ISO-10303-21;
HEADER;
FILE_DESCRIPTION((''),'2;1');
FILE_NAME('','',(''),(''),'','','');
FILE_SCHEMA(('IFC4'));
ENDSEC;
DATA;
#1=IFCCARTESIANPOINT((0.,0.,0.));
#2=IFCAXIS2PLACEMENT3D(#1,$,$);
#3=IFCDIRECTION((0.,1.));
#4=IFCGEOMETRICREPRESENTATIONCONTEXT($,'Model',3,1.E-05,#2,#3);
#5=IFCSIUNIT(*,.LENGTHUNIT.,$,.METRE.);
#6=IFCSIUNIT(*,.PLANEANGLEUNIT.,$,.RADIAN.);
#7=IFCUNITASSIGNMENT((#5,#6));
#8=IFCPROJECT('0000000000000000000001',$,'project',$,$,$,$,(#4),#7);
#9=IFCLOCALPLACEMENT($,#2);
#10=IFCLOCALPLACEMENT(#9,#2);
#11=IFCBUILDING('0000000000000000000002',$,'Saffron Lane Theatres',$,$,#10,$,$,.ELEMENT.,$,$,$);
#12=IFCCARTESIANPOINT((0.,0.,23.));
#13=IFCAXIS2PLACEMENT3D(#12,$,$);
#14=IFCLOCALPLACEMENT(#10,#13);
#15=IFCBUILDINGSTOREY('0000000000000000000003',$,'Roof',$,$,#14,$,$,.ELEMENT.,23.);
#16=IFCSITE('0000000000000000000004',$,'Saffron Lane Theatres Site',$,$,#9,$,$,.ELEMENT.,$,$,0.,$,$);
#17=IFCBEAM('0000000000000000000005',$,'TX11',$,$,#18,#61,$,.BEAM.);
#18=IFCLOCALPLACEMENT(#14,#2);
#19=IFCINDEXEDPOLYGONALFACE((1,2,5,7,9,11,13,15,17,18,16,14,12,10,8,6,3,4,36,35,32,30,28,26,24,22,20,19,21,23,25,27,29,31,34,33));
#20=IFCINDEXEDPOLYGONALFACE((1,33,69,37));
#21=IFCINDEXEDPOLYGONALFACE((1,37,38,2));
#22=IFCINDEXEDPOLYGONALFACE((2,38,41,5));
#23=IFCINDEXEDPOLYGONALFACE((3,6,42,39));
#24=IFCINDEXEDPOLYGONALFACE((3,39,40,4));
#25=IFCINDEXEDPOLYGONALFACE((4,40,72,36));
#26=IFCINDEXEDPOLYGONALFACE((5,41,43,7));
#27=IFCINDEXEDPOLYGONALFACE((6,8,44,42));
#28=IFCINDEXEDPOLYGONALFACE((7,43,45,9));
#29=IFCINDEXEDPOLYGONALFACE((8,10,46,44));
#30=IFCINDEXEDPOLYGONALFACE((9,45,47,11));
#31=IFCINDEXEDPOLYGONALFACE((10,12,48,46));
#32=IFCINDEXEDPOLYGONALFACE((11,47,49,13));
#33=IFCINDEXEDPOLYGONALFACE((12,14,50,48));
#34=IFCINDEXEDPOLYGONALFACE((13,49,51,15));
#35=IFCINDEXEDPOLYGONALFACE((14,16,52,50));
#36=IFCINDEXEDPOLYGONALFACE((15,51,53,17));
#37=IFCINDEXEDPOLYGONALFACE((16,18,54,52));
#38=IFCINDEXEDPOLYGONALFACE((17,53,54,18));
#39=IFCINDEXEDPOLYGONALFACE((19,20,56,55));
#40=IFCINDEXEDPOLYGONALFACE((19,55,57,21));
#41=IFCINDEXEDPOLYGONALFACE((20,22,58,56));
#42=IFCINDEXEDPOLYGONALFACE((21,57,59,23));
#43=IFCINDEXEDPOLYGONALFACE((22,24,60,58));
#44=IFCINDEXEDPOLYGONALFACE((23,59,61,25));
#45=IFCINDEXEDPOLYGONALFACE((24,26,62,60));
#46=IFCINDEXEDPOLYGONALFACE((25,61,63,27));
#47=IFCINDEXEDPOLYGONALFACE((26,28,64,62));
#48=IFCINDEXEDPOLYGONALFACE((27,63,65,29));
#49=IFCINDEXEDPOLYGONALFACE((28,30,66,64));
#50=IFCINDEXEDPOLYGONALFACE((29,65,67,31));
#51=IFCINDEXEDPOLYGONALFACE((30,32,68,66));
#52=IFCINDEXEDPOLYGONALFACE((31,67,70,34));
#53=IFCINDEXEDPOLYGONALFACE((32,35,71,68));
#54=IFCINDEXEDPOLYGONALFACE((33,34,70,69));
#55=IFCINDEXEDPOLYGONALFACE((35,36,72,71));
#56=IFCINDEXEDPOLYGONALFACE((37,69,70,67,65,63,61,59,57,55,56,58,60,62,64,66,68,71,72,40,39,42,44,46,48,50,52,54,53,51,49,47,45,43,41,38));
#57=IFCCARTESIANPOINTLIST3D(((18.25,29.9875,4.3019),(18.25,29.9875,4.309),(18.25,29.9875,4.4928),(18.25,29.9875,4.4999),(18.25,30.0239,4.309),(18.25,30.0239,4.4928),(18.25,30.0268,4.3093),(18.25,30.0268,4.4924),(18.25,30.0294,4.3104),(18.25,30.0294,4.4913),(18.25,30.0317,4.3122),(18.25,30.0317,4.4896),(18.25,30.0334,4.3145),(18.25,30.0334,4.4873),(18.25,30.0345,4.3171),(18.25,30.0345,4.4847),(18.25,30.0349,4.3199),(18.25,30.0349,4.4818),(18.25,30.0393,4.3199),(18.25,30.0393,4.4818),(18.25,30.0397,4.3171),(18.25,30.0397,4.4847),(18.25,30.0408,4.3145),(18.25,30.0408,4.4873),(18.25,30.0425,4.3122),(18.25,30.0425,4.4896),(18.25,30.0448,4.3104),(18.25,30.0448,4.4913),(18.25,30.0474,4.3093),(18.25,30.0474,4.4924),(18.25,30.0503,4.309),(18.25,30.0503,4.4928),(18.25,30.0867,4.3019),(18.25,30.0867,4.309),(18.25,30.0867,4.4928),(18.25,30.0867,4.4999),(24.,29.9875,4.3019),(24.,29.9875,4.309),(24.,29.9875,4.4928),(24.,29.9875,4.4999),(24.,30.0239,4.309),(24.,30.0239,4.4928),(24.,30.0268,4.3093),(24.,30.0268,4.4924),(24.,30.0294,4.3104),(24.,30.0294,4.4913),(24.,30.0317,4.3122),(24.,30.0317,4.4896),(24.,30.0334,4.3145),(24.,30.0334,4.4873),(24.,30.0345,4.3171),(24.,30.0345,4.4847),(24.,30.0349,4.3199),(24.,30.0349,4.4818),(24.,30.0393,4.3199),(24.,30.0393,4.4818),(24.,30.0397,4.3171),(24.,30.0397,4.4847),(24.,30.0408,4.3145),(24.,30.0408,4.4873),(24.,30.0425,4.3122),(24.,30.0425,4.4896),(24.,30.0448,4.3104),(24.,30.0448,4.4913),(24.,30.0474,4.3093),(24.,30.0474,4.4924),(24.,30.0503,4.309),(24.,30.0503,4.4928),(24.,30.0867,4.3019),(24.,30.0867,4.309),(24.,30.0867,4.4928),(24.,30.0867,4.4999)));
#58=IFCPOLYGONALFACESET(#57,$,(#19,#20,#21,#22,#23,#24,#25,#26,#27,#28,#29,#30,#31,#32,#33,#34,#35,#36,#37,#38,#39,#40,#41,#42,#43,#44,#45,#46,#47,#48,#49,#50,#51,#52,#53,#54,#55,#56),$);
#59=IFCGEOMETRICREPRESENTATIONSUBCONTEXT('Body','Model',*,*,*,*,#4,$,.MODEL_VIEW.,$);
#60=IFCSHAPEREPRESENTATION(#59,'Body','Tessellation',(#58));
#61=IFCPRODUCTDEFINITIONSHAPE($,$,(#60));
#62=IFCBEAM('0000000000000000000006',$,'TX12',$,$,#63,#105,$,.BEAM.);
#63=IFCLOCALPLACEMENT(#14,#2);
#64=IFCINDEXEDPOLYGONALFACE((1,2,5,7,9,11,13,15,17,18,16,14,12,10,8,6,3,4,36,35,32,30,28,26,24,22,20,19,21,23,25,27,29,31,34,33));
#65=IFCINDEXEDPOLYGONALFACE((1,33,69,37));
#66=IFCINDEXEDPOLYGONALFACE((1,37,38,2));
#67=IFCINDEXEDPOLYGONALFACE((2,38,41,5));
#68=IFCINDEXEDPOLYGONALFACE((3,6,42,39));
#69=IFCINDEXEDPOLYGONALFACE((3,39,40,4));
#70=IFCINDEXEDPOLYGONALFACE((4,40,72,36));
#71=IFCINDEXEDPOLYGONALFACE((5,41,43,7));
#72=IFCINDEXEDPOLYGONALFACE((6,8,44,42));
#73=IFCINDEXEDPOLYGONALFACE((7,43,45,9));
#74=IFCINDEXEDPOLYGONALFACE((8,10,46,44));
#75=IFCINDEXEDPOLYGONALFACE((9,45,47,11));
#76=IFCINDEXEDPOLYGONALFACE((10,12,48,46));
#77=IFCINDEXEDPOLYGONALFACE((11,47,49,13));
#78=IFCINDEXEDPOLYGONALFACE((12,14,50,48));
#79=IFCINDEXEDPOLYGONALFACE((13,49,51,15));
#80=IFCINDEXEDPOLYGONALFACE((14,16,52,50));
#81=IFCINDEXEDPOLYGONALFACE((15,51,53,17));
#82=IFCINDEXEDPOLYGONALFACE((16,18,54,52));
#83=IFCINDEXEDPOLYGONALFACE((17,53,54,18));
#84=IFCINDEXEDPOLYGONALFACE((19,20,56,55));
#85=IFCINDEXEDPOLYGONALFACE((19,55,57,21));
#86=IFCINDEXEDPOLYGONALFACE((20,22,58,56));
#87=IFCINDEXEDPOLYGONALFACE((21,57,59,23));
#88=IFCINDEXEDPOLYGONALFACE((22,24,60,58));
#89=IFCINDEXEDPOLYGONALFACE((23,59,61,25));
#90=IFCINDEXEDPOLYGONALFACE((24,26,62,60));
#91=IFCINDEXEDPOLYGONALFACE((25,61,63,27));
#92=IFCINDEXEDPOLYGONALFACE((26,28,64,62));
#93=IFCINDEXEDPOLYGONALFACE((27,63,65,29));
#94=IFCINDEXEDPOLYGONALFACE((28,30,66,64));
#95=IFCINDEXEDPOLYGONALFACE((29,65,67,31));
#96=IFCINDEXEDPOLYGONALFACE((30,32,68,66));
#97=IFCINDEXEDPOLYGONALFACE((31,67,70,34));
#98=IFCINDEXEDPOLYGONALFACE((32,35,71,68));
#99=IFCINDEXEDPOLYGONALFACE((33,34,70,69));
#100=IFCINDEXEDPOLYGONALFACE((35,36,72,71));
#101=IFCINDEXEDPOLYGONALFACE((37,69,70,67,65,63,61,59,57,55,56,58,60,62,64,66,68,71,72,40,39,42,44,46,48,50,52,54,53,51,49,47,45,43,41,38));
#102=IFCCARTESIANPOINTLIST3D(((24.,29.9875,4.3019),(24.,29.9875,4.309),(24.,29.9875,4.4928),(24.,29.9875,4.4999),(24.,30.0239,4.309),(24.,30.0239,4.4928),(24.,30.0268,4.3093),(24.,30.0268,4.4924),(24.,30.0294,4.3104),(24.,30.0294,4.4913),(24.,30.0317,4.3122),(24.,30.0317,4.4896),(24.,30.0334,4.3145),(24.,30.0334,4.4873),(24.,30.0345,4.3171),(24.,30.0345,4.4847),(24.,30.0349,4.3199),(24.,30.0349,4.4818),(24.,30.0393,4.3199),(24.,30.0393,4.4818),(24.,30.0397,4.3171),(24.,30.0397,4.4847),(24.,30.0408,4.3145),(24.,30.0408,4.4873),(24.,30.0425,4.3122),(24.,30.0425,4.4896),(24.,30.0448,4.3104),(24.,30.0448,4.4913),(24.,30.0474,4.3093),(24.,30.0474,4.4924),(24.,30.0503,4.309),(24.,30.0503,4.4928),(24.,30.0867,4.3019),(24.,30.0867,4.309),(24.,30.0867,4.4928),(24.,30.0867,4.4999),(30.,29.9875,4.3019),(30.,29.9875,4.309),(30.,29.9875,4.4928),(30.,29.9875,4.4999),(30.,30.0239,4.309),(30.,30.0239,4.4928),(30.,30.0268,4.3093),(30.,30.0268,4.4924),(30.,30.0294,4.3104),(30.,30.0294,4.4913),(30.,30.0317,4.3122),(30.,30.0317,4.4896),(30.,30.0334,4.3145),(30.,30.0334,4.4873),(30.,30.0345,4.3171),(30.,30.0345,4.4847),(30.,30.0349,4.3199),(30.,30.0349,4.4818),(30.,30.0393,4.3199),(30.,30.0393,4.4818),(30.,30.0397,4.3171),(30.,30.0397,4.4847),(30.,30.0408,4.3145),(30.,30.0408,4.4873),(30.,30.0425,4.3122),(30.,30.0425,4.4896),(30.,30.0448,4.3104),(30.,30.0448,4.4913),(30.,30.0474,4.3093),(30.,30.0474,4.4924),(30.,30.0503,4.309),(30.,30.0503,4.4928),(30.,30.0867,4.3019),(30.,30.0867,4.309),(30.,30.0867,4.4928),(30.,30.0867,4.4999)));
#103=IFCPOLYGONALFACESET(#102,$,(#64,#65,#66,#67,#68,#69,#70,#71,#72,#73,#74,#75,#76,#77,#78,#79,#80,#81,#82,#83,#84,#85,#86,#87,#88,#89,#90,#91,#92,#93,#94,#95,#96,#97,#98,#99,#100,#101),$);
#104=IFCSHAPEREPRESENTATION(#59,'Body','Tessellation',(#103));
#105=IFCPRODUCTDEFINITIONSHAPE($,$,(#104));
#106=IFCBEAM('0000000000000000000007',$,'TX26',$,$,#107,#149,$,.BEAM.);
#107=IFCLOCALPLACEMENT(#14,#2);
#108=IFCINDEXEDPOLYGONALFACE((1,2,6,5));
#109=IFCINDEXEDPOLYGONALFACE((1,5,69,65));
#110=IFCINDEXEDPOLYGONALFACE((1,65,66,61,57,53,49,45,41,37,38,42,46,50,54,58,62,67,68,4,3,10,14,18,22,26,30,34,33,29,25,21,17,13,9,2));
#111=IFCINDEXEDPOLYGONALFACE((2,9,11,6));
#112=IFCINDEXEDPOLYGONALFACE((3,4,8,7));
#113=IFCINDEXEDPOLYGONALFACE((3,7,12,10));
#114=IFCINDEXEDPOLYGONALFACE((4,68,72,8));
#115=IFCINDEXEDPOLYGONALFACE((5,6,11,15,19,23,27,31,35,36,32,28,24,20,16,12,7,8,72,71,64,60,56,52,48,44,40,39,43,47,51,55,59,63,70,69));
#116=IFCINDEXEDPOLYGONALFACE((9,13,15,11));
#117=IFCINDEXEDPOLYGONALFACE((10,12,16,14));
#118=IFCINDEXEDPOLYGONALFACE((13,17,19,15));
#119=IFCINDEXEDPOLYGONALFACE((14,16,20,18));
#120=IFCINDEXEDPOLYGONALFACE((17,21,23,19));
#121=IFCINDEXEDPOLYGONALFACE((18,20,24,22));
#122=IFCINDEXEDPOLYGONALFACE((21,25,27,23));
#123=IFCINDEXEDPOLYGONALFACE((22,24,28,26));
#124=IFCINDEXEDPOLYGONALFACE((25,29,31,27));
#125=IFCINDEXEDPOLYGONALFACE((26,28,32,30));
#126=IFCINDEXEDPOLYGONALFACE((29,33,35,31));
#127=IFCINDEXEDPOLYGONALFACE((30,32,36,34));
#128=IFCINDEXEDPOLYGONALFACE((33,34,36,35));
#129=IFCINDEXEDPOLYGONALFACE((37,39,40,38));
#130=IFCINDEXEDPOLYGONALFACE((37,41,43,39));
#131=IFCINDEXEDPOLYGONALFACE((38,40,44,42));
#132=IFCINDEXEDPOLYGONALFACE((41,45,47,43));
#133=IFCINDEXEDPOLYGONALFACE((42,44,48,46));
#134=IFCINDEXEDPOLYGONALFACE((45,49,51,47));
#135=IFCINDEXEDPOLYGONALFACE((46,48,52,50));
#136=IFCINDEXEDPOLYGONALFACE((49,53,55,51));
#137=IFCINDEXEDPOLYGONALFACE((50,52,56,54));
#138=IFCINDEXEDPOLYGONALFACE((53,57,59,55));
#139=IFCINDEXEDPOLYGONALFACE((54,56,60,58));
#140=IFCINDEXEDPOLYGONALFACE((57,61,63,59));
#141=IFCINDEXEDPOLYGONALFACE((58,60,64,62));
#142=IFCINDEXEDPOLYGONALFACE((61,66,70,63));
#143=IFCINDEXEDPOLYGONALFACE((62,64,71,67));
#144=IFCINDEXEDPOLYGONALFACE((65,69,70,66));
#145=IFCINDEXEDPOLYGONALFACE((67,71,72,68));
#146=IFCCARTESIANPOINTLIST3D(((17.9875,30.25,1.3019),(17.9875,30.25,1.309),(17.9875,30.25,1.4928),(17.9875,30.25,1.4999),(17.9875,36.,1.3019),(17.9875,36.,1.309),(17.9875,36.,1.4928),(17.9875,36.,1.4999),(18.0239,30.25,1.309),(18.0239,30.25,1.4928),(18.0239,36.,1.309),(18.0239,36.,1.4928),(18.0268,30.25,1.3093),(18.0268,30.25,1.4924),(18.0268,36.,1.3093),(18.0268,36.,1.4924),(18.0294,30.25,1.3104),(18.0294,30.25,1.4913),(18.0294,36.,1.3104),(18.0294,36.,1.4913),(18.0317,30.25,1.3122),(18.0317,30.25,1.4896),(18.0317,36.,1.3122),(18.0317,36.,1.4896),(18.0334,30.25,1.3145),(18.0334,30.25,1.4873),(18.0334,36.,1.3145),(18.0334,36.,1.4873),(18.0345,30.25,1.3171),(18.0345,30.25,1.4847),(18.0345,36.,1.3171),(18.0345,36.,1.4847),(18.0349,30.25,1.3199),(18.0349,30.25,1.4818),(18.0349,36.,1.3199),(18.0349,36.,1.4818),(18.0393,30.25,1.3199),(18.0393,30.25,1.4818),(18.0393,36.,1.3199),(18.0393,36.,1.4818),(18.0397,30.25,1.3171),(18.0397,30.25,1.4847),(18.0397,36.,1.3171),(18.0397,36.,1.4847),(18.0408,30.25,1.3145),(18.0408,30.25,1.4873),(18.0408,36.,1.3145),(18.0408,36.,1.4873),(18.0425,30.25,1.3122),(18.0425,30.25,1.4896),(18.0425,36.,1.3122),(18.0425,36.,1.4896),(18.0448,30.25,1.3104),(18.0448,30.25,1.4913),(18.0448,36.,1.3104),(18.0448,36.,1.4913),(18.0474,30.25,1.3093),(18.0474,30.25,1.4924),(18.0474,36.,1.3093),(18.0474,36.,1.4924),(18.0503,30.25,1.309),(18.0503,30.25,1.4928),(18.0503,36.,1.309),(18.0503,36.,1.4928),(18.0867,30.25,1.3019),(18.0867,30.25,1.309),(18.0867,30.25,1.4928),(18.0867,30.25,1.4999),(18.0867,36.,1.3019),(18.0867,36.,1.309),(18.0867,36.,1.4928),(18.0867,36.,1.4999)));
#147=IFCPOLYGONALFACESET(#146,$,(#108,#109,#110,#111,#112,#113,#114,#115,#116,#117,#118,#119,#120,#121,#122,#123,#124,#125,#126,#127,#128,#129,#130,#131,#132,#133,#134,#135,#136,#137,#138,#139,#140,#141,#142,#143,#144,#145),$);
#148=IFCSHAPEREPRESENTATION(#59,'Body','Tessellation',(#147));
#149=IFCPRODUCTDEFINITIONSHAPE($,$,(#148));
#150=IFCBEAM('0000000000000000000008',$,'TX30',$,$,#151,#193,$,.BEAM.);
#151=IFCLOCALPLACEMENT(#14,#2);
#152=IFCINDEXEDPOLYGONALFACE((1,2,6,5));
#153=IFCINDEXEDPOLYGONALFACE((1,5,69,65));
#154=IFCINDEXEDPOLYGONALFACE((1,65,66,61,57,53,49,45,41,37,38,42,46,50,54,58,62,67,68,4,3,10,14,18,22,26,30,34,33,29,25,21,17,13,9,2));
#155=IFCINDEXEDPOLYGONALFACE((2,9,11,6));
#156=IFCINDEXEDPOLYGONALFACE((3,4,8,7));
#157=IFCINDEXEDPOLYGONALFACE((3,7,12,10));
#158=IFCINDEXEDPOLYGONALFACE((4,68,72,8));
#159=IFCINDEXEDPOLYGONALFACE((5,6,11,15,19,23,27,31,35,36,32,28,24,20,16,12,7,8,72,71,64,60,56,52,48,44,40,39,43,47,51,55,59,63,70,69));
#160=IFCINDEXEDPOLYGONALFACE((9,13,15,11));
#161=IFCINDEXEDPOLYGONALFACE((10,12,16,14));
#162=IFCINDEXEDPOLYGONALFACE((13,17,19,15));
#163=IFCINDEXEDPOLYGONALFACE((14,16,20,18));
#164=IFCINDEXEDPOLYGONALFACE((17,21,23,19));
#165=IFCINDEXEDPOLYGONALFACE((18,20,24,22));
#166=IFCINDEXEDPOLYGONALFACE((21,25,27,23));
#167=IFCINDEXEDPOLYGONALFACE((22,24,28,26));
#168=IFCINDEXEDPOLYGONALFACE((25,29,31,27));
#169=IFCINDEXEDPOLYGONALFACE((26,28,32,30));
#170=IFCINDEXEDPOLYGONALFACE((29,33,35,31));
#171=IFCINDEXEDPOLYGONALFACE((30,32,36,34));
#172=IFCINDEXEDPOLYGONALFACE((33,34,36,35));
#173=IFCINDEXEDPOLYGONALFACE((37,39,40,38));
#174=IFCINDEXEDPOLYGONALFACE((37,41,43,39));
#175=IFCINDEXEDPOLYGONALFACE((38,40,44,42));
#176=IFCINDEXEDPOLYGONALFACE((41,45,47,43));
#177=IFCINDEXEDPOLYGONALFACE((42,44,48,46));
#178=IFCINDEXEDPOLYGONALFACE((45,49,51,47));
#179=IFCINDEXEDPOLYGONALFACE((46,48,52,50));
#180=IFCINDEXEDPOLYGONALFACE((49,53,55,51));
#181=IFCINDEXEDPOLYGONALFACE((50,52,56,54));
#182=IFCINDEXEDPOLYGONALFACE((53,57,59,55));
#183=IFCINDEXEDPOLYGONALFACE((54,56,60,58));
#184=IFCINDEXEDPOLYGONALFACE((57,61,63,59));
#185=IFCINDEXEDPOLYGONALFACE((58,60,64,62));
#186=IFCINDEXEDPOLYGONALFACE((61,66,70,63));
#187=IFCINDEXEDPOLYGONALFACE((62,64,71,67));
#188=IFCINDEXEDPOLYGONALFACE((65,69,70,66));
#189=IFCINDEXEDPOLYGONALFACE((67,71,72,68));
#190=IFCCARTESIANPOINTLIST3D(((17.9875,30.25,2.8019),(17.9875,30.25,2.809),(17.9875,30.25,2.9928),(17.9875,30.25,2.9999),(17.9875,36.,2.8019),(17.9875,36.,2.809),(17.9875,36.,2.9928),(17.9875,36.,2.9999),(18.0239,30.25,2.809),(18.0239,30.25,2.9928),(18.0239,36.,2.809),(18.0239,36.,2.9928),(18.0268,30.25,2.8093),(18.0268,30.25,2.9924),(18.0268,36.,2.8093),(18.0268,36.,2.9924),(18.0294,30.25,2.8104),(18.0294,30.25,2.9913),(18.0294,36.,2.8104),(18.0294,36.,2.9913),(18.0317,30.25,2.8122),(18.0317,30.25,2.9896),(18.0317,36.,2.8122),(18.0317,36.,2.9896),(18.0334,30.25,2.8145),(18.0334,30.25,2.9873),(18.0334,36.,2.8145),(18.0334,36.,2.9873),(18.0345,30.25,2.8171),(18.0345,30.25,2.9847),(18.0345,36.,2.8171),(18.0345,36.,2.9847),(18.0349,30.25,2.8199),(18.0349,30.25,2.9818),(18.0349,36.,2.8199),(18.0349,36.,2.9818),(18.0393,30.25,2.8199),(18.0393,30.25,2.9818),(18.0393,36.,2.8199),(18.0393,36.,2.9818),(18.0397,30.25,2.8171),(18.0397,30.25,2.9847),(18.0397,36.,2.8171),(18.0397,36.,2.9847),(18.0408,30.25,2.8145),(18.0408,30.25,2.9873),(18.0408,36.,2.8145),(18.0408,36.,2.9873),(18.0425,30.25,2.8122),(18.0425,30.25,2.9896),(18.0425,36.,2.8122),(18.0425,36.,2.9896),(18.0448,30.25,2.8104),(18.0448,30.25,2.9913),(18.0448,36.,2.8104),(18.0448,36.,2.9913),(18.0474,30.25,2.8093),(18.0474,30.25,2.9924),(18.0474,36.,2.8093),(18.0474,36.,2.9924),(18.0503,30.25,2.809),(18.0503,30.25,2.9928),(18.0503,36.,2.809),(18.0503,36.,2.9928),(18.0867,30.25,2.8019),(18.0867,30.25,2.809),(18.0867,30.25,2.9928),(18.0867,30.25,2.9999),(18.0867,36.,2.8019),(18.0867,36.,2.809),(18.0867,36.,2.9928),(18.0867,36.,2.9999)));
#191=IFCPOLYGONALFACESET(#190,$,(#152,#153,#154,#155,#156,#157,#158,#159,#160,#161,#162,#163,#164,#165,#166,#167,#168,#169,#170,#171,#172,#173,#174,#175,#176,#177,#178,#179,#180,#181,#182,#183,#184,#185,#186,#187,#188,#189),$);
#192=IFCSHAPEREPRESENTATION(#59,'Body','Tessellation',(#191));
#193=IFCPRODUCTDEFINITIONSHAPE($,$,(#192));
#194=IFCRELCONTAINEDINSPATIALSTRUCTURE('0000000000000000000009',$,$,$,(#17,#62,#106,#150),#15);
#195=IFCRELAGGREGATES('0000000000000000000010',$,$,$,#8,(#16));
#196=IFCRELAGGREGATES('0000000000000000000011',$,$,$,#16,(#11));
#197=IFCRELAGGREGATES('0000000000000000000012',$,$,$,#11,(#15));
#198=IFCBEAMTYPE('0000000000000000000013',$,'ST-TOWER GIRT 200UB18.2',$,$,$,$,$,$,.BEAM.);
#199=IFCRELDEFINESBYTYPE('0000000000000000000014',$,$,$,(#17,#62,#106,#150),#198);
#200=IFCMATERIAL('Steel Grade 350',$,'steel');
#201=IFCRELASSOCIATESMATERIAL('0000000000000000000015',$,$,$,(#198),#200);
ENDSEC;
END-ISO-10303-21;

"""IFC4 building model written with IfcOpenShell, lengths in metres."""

from ifc_helpers import new_model, si_unit, direction, frame, origin, origin_2d, place, context, subcontext, project, spatial, i_section, extrude, material, material_profile, profile_set, type_object, element, save


model = new_model("IFC4")

# Units and contexts
model_context = context("Model", 3, precision=1e-05, world=origin(), true_north=direction((0.0, 1.0)))
body_context = subcontext(model_context, "Body", "Model", "MODEL_VIEW")
ifc_project = project(units=[si_unit("LENGTHUNIT", "METRE"), si_unit("PLANEANGLEUNIT", "RADIAN")], contexts=[model_context])

# Site, building, storey
site_placement = place(None, origin())
site = spatial("IfcSite", under=ifc_project, at=site_placement, Name="Saffron Lane Theatres Site", CompositionType="ELEMENT", RefElevation=0.0)
building_placement = place(site_placement, origin())
building = spatial("IfcBuilding", under=site, at=building_placement, Name="Saffron Lane Theatres", CompositionType="ELEMENT")
storey_placement = place(building_placement, frame((0.0, 0.0, 23.0)))
storey = spatial("IfcBuildingStorey", under=building, at=storey_placement, Name="Roof", CompositionType="ELEMENT", Elevation=23.0)

# Beams
ifc_material_1 = material(Name="Steel Grade 350", Category="steel")
ifc_material_profile_1 = material_profile(ifc_material_1, i_section(OverallWidth=0.0991, OverallDepth=0.198, WebThickness=0.0044, FlangeThickness=0.0071, FilletRadius=0.011, at=origin_2d()))
ifc_profile_set_1 = profile_set([ifc_material_profile_1], Name="Steel Grade 350")
beam_type = type_object("IfcBeamType", Name="ST-TOWER GIRT 200UB18.2", PredefinedType="BEAM", material=ifc_profile_set_1)
beam_1_placement = place(storey_placement, frame((18.25, 30.0371, 4.4009), z_axis=(1.0, 0.0, 0.0), x_axis=(0.0, 1.0, 0.0)))
element("IfcBeam", 1, at=beam_1_placement, inside=storey, type_object=beam_type, Name="TX11", PredefinedType="BEAM", context=body_context, shape_type="SweptSolid", body=[
    extrude(i_section(OverallWidth=0.0991, OverallDepth=0.198, WebThickness=0.0044, FlangeThickness=0.0071, FilletRadius=0.011, at=origin_2d()), origin(), (0.0, 0.0, 1.0), 5.75),
])
beam_2_placement = place(storey_placement, frame((24.0, 30.0371, 4.4009), z_axis=(1.0, 0.0, 0.0), x_axis=(0.0, 1.0, 0.0)))
element("IfcBeam", 2, at=beam_2_placement, inside=storey, type_object=beam_type, Name="TX12", PredefinedType="BEAM", context=body_context, shape_type="SweptSolid", body=[
    extrude(i_section(OverallWidth=0.0991, OverallDepth=0.198, WebThickness=0.0044, FlangeThickness=0.0071, FilletRadius=0.011, at=origin_2d()), origin(), (0.0, 0.0, 1.0), 6.0),
])
for number, where, z_axis, x_axis, name in (
    (3, (18.0371, 30.25, 1.4009), (0.0, 1.0, 0.0), (-1.0, 0.0, 0.0), "TX26"),
    (4, (18.0371, 30.25, 2.9009), (0.0, 1.0, 0.0), (-1.0, 0.0, 0.0), "TX30"),
):
    element("IfcBeam", number, at=place(storey_placement, frame(where, z_axis=z_axis, x_axis=x_axis)), inside=storey, type_object=beam_type, Name=name, PredefinedType="BEAM", context=body_context, shape_type="SweptSolid", body=[
        extrude(i_section(OverallWidth=0.0991, OverallDepth=0.198, WebThickness=0.0044, FlangeThickness=0.0071, FilletRadius=0.011, at=origin_2d()), origin(), (0.0, 0.0, 1.0), 5.75),
    ])

save(model, "model.ifc")
